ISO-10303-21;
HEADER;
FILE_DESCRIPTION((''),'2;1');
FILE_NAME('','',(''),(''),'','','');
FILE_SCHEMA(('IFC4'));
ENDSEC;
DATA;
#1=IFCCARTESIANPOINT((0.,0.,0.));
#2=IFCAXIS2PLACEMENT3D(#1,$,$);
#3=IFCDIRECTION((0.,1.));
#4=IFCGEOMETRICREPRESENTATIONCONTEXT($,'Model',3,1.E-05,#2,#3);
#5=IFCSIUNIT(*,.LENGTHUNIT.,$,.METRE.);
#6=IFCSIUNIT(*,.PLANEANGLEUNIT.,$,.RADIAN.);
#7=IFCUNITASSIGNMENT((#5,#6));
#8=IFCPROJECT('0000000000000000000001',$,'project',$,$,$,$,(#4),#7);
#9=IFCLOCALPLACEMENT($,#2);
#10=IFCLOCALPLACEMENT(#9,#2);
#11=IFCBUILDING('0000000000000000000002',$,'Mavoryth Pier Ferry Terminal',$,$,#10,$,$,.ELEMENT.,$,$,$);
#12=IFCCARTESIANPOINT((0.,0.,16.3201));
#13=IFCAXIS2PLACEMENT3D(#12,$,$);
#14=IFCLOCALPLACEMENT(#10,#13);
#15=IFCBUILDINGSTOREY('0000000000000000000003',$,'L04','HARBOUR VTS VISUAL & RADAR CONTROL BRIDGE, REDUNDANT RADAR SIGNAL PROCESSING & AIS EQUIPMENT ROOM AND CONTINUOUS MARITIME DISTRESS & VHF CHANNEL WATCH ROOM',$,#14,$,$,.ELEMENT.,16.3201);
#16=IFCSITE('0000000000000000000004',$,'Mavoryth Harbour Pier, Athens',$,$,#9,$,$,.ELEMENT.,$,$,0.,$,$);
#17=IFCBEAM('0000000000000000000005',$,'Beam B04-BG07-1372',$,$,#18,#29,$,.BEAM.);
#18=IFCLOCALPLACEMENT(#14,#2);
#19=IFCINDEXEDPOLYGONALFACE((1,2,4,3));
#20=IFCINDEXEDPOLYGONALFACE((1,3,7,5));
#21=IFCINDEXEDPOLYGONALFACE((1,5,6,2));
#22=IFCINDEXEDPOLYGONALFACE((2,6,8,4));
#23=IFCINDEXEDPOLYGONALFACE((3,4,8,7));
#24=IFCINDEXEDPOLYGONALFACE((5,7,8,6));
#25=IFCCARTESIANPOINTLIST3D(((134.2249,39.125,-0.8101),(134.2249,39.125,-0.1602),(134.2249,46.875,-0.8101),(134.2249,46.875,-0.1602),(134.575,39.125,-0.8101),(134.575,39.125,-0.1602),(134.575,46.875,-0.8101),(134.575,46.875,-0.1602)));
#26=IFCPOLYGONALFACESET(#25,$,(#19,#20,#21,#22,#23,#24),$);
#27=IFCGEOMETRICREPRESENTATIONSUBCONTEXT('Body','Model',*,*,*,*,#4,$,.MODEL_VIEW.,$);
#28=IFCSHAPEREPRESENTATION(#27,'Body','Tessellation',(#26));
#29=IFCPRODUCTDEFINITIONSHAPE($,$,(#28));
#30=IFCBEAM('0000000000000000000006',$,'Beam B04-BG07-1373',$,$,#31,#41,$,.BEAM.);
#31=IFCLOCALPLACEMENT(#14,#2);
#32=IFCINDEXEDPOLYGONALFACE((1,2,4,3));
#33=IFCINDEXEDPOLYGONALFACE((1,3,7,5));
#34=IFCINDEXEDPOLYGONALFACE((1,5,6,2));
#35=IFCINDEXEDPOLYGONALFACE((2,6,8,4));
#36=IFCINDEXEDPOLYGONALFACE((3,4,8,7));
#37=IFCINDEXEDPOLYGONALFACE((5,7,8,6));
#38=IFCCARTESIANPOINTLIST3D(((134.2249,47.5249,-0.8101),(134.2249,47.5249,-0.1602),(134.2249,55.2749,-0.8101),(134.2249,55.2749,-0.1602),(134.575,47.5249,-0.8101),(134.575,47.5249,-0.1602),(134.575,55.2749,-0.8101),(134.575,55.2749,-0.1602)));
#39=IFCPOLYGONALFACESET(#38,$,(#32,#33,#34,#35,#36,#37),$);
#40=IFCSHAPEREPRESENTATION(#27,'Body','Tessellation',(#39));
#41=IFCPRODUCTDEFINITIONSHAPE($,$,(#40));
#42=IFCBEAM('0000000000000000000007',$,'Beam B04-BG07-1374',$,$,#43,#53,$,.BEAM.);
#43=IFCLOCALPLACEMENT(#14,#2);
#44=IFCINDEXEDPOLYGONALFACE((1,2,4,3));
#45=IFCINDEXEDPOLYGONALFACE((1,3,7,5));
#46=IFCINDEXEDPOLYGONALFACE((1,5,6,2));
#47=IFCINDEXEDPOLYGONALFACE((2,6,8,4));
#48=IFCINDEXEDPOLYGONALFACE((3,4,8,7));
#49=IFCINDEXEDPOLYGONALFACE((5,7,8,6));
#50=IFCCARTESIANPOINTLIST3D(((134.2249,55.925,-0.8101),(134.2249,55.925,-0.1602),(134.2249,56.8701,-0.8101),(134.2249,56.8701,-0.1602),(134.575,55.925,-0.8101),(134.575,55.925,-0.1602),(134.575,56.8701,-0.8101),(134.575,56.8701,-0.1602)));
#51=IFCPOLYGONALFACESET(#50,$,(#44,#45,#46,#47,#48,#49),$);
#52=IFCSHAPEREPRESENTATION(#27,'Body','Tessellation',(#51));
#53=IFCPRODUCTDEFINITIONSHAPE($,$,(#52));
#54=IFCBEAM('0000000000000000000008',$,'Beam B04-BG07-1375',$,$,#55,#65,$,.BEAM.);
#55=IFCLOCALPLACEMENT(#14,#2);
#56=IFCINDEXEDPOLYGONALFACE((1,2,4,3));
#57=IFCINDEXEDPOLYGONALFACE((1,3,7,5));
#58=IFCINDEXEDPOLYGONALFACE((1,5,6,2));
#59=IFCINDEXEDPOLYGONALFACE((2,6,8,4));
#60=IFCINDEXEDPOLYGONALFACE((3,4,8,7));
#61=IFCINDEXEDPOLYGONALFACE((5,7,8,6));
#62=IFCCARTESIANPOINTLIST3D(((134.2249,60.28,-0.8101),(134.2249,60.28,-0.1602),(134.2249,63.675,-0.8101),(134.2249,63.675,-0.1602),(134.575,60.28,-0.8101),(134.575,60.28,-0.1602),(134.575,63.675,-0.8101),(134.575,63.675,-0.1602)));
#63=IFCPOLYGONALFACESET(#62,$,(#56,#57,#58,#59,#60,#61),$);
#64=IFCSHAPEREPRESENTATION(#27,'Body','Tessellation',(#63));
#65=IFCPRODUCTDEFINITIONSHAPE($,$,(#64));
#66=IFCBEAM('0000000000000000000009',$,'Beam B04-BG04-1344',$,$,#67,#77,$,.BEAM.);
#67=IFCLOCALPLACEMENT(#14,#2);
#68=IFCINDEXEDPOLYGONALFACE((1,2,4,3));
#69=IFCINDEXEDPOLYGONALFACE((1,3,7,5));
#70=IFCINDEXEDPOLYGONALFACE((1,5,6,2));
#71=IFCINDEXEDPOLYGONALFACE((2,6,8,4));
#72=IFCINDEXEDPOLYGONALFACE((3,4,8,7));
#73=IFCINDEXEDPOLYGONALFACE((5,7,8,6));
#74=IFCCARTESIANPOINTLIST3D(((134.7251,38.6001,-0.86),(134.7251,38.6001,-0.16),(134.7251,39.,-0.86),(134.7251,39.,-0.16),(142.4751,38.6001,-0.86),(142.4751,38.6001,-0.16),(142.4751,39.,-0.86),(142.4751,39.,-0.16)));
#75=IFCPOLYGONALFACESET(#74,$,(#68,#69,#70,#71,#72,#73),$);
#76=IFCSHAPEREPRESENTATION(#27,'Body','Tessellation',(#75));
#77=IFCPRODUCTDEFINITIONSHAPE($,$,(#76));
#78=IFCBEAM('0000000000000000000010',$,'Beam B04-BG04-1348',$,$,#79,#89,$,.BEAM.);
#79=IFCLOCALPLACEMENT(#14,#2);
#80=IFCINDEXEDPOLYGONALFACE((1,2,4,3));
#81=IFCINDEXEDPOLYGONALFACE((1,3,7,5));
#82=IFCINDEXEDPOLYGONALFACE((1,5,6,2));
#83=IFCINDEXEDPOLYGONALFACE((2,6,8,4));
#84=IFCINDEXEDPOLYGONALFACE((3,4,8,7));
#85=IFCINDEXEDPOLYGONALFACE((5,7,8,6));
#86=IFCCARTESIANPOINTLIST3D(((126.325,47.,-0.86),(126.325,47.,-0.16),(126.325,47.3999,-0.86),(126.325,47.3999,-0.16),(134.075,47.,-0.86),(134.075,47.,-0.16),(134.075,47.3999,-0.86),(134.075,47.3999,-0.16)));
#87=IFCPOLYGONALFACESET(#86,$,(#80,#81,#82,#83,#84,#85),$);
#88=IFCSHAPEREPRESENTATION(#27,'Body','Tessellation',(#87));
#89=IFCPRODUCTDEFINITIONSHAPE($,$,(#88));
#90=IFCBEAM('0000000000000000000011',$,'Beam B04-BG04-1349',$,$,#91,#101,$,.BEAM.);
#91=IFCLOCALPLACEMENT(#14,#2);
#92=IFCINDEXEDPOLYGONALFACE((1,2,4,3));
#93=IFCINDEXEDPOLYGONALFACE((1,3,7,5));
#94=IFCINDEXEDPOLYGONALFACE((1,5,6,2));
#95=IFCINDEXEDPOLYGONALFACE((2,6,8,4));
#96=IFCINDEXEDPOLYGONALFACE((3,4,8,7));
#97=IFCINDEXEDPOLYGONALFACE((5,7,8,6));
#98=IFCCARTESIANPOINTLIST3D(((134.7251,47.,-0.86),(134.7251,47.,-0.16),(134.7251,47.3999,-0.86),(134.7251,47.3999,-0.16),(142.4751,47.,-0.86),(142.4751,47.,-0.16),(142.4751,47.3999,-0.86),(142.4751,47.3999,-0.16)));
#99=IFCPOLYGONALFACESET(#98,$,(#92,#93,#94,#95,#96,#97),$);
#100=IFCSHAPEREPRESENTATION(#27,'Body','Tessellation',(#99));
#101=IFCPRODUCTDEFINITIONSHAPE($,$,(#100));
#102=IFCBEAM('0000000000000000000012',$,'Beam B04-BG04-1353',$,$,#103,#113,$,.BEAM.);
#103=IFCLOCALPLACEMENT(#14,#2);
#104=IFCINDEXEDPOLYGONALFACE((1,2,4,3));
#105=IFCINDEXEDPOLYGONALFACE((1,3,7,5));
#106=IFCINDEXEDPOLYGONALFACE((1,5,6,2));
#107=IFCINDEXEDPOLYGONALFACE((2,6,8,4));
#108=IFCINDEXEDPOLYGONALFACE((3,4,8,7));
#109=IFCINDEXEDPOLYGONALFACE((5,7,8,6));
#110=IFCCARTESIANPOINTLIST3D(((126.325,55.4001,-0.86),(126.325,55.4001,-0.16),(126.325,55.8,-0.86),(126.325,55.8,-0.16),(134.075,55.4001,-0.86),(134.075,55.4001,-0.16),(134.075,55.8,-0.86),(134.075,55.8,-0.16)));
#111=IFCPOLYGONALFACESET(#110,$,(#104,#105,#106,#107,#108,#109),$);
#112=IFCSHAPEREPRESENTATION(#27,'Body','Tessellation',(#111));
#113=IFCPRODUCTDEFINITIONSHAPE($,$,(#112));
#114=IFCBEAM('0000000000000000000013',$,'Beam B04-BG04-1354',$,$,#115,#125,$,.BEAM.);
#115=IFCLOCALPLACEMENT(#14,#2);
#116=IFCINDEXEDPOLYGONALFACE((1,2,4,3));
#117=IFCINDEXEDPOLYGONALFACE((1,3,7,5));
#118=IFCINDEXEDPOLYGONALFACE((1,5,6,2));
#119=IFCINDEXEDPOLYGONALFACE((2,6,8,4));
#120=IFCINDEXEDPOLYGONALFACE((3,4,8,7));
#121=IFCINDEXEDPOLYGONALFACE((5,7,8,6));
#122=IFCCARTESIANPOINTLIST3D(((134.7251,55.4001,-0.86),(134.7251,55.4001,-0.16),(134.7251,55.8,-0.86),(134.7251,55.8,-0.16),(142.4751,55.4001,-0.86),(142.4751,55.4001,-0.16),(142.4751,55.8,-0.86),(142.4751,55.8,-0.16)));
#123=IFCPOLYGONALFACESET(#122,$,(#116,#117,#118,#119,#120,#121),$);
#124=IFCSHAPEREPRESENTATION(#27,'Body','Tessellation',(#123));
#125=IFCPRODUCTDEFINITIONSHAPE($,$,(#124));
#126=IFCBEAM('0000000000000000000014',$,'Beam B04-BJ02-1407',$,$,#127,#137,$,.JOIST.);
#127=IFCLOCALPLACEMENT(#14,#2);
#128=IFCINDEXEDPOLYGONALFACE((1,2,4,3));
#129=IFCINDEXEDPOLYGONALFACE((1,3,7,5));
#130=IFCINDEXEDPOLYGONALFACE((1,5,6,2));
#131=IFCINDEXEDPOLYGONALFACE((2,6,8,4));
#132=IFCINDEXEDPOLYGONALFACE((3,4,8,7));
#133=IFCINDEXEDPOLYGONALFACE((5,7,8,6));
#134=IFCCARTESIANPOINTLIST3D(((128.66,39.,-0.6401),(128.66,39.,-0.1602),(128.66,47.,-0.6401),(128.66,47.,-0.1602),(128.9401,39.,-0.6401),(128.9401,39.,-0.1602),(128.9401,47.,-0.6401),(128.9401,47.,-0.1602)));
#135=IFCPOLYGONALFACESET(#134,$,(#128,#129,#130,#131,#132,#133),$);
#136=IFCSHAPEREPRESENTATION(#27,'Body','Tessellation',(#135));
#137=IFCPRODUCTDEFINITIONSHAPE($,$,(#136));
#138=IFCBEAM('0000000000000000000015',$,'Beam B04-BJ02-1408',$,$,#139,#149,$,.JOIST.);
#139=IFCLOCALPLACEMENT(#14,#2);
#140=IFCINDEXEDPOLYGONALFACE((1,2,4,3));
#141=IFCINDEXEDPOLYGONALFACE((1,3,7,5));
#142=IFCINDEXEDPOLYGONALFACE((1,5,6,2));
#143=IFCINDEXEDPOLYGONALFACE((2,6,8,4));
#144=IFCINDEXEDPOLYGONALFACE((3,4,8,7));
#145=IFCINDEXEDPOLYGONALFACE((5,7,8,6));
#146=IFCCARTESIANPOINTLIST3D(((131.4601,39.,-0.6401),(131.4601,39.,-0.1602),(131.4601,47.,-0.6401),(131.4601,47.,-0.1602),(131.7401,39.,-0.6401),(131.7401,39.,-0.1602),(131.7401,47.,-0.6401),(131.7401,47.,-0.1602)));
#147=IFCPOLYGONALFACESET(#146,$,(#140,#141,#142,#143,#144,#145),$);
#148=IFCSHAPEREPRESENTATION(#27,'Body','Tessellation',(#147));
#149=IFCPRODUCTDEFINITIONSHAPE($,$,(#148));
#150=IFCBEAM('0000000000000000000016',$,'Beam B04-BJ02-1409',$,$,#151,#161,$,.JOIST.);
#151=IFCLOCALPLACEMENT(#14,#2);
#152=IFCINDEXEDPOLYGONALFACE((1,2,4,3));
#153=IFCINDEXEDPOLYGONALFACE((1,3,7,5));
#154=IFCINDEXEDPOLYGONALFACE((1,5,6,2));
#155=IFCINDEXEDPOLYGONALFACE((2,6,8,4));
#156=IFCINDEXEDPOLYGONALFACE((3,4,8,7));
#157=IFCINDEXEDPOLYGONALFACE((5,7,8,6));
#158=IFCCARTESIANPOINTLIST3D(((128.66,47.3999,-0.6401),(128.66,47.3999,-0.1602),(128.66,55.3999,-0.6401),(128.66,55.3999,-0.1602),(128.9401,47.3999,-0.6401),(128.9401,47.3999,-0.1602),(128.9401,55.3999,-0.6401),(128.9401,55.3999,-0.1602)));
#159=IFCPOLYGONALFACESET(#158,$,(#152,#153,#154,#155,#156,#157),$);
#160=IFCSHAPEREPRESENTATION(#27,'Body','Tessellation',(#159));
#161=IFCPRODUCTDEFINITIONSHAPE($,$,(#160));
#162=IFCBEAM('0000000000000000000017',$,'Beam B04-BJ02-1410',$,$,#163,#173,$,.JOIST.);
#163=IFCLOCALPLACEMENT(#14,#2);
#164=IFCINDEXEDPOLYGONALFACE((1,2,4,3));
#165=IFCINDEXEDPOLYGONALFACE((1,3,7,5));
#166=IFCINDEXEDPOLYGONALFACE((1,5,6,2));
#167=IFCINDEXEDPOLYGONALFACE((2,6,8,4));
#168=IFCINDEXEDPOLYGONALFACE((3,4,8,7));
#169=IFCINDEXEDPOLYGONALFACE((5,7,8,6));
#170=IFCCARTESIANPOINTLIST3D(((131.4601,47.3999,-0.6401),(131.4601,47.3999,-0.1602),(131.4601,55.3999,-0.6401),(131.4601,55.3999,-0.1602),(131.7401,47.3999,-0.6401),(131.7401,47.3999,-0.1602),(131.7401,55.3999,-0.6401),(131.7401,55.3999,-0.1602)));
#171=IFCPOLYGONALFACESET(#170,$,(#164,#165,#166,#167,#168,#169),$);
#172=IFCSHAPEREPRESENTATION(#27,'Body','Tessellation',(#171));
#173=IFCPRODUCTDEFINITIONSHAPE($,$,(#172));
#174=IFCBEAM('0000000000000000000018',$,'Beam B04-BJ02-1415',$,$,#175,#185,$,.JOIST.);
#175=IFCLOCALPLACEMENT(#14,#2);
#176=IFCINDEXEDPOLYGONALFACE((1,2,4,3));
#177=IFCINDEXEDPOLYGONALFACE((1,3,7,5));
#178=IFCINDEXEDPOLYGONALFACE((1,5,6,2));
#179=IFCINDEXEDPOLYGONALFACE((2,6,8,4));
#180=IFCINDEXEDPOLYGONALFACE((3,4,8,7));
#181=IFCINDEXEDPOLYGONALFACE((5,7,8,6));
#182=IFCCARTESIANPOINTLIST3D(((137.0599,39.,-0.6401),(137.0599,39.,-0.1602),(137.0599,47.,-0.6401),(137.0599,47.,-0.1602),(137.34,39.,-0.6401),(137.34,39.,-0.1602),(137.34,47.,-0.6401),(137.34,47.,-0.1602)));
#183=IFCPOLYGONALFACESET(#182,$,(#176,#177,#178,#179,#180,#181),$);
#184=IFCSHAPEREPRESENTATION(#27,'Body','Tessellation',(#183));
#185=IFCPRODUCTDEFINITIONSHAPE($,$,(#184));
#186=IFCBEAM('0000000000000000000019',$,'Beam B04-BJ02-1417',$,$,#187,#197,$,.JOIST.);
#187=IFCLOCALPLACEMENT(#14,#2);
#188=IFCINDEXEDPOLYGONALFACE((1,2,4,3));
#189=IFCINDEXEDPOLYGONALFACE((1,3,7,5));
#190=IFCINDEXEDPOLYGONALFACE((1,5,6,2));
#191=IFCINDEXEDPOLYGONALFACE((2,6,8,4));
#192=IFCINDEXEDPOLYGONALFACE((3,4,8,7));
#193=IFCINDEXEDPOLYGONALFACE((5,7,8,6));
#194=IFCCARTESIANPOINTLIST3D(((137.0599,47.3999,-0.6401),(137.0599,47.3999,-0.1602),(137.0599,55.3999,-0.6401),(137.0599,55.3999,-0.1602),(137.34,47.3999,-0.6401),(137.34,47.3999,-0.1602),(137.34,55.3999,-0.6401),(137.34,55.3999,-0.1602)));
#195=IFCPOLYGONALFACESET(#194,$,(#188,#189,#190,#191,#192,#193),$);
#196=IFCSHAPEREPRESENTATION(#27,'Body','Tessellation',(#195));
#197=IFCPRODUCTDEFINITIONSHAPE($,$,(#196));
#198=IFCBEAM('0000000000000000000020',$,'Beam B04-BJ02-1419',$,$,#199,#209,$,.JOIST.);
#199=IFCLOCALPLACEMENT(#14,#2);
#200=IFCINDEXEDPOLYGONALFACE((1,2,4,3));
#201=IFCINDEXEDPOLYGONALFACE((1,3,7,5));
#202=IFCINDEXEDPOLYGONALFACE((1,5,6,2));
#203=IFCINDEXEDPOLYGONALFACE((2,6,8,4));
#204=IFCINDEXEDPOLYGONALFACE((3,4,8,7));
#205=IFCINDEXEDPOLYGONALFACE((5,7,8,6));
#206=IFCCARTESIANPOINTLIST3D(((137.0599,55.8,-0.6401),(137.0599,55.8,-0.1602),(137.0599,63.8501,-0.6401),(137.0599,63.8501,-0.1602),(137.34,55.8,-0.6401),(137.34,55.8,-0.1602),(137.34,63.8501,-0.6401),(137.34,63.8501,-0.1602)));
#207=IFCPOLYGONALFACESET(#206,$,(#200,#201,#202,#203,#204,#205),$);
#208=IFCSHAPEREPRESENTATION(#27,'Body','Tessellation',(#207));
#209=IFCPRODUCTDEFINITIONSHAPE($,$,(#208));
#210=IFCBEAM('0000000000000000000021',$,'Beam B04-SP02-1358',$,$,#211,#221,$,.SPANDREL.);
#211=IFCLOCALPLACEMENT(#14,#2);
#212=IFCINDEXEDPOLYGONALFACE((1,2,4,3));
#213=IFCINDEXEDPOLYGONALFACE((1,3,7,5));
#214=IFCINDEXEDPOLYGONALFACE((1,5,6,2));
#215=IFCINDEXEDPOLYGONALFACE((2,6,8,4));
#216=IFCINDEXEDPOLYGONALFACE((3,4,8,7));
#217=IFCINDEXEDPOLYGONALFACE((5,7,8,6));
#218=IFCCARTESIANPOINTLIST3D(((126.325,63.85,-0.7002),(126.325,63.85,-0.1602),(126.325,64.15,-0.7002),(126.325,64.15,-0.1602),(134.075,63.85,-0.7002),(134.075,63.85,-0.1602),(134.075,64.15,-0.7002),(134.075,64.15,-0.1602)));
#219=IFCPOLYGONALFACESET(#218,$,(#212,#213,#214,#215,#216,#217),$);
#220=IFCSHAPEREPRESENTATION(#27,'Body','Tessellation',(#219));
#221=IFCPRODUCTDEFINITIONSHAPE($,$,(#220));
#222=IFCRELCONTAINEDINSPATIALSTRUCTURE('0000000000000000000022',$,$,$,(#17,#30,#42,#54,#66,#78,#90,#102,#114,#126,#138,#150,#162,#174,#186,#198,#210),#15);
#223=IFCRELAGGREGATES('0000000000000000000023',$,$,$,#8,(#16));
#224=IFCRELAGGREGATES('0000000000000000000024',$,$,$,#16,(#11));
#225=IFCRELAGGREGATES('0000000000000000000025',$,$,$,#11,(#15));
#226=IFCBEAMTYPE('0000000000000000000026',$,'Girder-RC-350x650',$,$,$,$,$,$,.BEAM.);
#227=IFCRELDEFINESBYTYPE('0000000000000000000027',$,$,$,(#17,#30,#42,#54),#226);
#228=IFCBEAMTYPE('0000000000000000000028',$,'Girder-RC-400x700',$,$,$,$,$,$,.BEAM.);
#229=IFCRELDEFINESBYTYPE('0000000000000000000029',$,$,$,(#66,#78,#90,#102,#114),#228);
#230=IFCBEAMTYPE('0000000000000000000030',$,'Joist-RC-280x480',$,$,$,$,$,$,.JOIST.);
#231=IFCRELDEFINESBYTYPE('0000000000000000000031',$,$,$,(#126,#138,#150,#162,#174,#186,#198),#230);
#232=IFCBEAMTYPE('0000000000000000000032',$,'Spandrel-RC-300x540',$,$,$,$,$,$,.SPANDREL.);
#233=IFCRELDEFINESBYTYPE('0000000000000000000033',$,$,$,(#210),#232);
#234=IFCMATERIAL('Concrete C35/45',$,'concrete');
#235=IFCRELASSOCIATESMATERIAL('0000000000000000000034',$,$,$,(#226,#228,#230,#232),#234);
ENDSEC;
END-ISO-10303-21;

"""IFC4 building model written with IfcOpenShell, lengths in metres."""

from ifc_helpers import new_model, si_unit, direction, frame, origin, origin_2d, place, context, subcontext, project, spatial, rectangle, extrude, material, material_profile, profile_set, type_object, element, save


model = new_model("IFC4")

# Units and contexts
model_context = context("Model", 3, precision=1e-05, world=origin(), true_north=direction((0.0, 1.0)))
body_context = subcontext(model_context, "Body", "Model", "MODEL_VIEW")
ifc_project = project(units=[si_unit("LENGTHUNIT", "METRE"), si_unit("PLANEANGLEUNIT", "RADIAN")], contexts=[model_context])

# Site, building, storey
site_placement = place(None, origin())
site = spatial("IfcSite", under=ifc_project, at=site_placement, Name="Mavoryth Harbour Pier, Athens", CompositionType="ELEMENT", RefElevation=0.0)
building_placement = place(site_placement, origin())
building = spatial("IfcBuilding", under=site, at=building_placement, Name="Mavoryth Pier Ferry Terminal", CompositionType="ELEMENT")
storey_placement = place(building_placement, frame((0.0, 0.0, 16.3201)))
storey = spatial("IfcBuildingStorey", under=building, at=storey_placement, Name="L04", Description="HARBOUR VTS VISUAL & RADAR CONTROL BRIDGE, REDUNDANT RADAR SIGNAL PROCESSING & AIS EQUIPMENT ROOM AND CONTINUOUS MARITIME DISTRESS & VHF CHANNEL WATCH ROOM", CompositionType="ELEMENT", Elevation=16.3201)

# Beams
ifc_material = material(Name="Concrete C35/45", Category="concrete")
ifc_material_profile_1 = material_profile(ifc_material, rectangle(XDim=0.3501, YDim=0.6499, at=origin_2d()), Name="RC 350x650", Category="concrete")
ifc_profile_set_1 = profile_set([ifc_material_profile_1], Name="Concrete C35/45 - RC 350x650")
beam_type_1 = type_object("IfcBeamType", Name="Girder-RC-350x650", PredefinedType="BEAM", material=ifc_profile_set_1)
for number, where, z_axis, x_axis, name in (
    (1, (134.3999, 39.125, -0.4851), (0.0, 1.0, 0.0), (-1.0, 0.0, 0.0), "Beam B04-BG07-1372"),
    (2, (134.3999, 47.5249, -0.4851), (0.0, 1.0, 0.0), (-1.0, 0.0, 0.0), "Beam B04-BG07-1373"),
):
    element("IfcBeam", number, at=place(storey_placement, frame(where, z_axis=z_axis, x_axis=x_axis)), inside=storey, type_object=beam_type_1, Name=name, PredefinedType="BEAM", context=body_context, shape_type="SweptSolid", body=[
        extrude(rectangle(XDim=0.3501, YDim=0.6499, at=origin_2d()), origin(), (0.0, 0.0, 1.0), 7.75),
    ])
beam_1_placement = place(storey_placement, frame((134.3999, 55.925, -0.4851), z_axis=(0.0, 1.0, 0.0), x_axis=(-1.0, 0.0, 0.0)))
element("IfcBeam", 3, at=beam_1_placement, inside=storey, type_object=beam_type_1, Name="Beam B04-BG07-1374", PredefinedType="BEAM", context=body_context, shape_type="SweptSolid", body=[
    extrude(rectangle(XDim=0.3501, YDim=0.6499, at=origin_2d()), origin(), (0.0, 0.0, 1.0), 0.9451),
])
beam_2_placement = place(storey_placement, frame((134.3999, 60.28, -0.4851), z_axis=(0.0, 1.0, 0.0), x_axis=(-1.0, 0.0, 0.0)))
element("IfcBeam", 4, at=beam_2_placement, inside=storey, type_object=beam_type_1, Name="Beam B04-BG07-1375", PredefinedType="BEAM", context=body_context, shape_type="SweptSolid", body=[
    extrude(rectangle(XDim=0.3501, YDim=0.6499, at=origin_2d()), origin(), (0.0, 0.0, 1.0), 3.395),
])
ifc_material_profile_2 = material_profile(ifc_material, rectangle(XDim=0.3999, YDim=0.7, at=origin_2d()), Name="RC 400x700", Category="concrete")
ifc_profile_set_2 = profile_set([ifc_material_profile_2], Name="Concrete C35/45 - RC 400x700")
beam_type_2 = type_object("IfcBeamType", Name="Girder-RC-400x700", PredefinedType="BEAM", material=ifc_profile_set_2)
for number, where, z_axis, x_axis, name in (
    (5, (134.7251, 38.8, -0.51), (1.0, 0.0, 0.0), (0.0, 1.0, 0.0), "Beam B04-BG04-1344"),
    (6, (126.325, 47.2, -0.51), (1.0, 0.0, 0.0), (0.0, 1.0, 0.0), "Beam B04-BG04-1348"),
    (7, (134.7251, 47.2, -0.51), (1.0, 0.0, 0.0), (0.0, 1.0, 0.0), "Beam B04-BG04-1349"),
    (8, (126.325, 55.6001, -0.51), (1.0, 0.0, 0.0), (0.0, 1.0, 0.0), "Beam B04-BG04-1353"),
    (9, (134.7251, 55.6001, -0.51), (1.0, 0.0, 0.0), (0.0, 1.0, 0.0), "Beam B04-BG04-1354"),
):
    element("IfcBeam", number, at=place(storey_placement, frame(where, z_axis=z_axis, x_axis=x_axis)), inside=storey, type_object=beam_type_2, Name=name, PredefinedType="BEAM", context=body_context, shape_type="SweptSolid", body=[
        extrude(rectangle(XDim=0.3999, YDim=0.7, at=origin_2d()), origin(), (0.0, 0.0, 1.0), 7.75),
    ])
ifc_material_profile_3 = material_profile(ifc_material, rectangle(XDim=0.28, YDim=0.48, at=origin_2d()), Name="RC 280x480", Category="concrete")
ifc_profile_set_3 = profile_set([ifc_material_profile_3], Name="Concrete C35/45 - RC 280x480")
beam_type_3 = type_object("IfcBeamType", Name="Joist-RC-280x480", PredefinedType="JOIST", material=ifc_profile_set_3)
for number, where, z_axis, x_axis, name in (
    (10, (128.8, 39.0, -0.4001), (0.0, 1.0, 0.0), (-1.0, 0.0, 0.0), "Beam B04-BJ02-1407"),
    (11, (131.6001, 39.0, -0.4001), (0.0, 1.0, 0.0), (-1.0, 0.0, 0.0), "Beam B04-BJ02-1408"),
    (12, (128.8, 47.3999, -0.4001), (0.0, 1.0, 0.0), (-1.0, 0.0, 0.0), "Beam B04-BJ02-1409"),
    (13, (131.6001, 47.3999, -0.4001), (0.0, 1.0, 0.0), (-1.0, 0.0, 0.0), "Beam B04-BJ02-1410"),
    (14, (137.2, 39.0, -0.4001), (0.0, 1.0, 0.0), (-1.0, 0.0, 0.0), "Beam B04-BJ02-1415"),
    (15, (137.2, 47.3999, -0.4001), (0.0, 1.0, 0.0), (-1.0, 0.0, 0.0), "Beam B04-BJ02-1417"),
):
    element("IfcBeam", number, at=place(storey_placement, frame(where, z_axis=z_axis, x_axis=x_axis)), inside=storey, type_object=beam_type_3, Name=name, PredefinedType="JOIST", context=body_context, shape_type="SweptSolid", body=[
        extrude(rectangle(XDim=0.28, YDim=0.48, at=origin_2d()), origin(), (0.0, 0.0, 1.0), 8.0),
    ])
beam_3_placement = place(storey_placement, frame((137.2, 55.8, -0.4001), z_axis=(0.0, 1.0, 0.0), x_axis=(-1.0, 0.0, 0.0)))
element("IfcBeam", 16, at=beam_3_placement, inside=storey, type_object=beam_type_3, Name="Beam B04-BJ02-1419", PredefinedType="JOIST", context=body_context, shape_type="SweptSolid", body=[
    extrude(rectangle(XDim=0.28, YDim=0.48, at=origin_2d()), origin(), (0.0, 0.0, 1.0), 8.05),
])
ifc_material_profile_4 = material_profile(ifc_material, rectangle(XDim=0.3, YDim=0.54, at=origin_2d()), Name="RC 300x540", Category="concrete")
ifc_profile_set_4 = profile_set([ifc_material_profile_4], Name="Concrete C35/45 - RC 300x540")
beam_type_4 = type_object("IfcBeamType", Name="Spandrel-RC-300x540", PredefinedType="SPANDREL", material=ifc_profile_set_4)
for number, where, z_axis, x_axis, name in (
    (17, (126.325, 64.0, -0.4302), (1.0, 0.0, 0.0), (0.0, 1.0, 0.0), "Beam B04-SP02-1358"),
):
    element("IfcBeam", number, at=place(storey_placement, frame(where, z_axis=z_axis, x_axis=x_axis)), inside=storey, type_object=beam_type_4, Name=name, PredefinedType="SPANDREL", context=body_context, shape_type="SweptSolid", body=[
        extrude(rectangle(XDim=0.3, YDim=0.54, at=origin_2d()), origin(), (0.0, 0.0, 1.0), 7.75),
    ])

save(model, "model.ifc")
